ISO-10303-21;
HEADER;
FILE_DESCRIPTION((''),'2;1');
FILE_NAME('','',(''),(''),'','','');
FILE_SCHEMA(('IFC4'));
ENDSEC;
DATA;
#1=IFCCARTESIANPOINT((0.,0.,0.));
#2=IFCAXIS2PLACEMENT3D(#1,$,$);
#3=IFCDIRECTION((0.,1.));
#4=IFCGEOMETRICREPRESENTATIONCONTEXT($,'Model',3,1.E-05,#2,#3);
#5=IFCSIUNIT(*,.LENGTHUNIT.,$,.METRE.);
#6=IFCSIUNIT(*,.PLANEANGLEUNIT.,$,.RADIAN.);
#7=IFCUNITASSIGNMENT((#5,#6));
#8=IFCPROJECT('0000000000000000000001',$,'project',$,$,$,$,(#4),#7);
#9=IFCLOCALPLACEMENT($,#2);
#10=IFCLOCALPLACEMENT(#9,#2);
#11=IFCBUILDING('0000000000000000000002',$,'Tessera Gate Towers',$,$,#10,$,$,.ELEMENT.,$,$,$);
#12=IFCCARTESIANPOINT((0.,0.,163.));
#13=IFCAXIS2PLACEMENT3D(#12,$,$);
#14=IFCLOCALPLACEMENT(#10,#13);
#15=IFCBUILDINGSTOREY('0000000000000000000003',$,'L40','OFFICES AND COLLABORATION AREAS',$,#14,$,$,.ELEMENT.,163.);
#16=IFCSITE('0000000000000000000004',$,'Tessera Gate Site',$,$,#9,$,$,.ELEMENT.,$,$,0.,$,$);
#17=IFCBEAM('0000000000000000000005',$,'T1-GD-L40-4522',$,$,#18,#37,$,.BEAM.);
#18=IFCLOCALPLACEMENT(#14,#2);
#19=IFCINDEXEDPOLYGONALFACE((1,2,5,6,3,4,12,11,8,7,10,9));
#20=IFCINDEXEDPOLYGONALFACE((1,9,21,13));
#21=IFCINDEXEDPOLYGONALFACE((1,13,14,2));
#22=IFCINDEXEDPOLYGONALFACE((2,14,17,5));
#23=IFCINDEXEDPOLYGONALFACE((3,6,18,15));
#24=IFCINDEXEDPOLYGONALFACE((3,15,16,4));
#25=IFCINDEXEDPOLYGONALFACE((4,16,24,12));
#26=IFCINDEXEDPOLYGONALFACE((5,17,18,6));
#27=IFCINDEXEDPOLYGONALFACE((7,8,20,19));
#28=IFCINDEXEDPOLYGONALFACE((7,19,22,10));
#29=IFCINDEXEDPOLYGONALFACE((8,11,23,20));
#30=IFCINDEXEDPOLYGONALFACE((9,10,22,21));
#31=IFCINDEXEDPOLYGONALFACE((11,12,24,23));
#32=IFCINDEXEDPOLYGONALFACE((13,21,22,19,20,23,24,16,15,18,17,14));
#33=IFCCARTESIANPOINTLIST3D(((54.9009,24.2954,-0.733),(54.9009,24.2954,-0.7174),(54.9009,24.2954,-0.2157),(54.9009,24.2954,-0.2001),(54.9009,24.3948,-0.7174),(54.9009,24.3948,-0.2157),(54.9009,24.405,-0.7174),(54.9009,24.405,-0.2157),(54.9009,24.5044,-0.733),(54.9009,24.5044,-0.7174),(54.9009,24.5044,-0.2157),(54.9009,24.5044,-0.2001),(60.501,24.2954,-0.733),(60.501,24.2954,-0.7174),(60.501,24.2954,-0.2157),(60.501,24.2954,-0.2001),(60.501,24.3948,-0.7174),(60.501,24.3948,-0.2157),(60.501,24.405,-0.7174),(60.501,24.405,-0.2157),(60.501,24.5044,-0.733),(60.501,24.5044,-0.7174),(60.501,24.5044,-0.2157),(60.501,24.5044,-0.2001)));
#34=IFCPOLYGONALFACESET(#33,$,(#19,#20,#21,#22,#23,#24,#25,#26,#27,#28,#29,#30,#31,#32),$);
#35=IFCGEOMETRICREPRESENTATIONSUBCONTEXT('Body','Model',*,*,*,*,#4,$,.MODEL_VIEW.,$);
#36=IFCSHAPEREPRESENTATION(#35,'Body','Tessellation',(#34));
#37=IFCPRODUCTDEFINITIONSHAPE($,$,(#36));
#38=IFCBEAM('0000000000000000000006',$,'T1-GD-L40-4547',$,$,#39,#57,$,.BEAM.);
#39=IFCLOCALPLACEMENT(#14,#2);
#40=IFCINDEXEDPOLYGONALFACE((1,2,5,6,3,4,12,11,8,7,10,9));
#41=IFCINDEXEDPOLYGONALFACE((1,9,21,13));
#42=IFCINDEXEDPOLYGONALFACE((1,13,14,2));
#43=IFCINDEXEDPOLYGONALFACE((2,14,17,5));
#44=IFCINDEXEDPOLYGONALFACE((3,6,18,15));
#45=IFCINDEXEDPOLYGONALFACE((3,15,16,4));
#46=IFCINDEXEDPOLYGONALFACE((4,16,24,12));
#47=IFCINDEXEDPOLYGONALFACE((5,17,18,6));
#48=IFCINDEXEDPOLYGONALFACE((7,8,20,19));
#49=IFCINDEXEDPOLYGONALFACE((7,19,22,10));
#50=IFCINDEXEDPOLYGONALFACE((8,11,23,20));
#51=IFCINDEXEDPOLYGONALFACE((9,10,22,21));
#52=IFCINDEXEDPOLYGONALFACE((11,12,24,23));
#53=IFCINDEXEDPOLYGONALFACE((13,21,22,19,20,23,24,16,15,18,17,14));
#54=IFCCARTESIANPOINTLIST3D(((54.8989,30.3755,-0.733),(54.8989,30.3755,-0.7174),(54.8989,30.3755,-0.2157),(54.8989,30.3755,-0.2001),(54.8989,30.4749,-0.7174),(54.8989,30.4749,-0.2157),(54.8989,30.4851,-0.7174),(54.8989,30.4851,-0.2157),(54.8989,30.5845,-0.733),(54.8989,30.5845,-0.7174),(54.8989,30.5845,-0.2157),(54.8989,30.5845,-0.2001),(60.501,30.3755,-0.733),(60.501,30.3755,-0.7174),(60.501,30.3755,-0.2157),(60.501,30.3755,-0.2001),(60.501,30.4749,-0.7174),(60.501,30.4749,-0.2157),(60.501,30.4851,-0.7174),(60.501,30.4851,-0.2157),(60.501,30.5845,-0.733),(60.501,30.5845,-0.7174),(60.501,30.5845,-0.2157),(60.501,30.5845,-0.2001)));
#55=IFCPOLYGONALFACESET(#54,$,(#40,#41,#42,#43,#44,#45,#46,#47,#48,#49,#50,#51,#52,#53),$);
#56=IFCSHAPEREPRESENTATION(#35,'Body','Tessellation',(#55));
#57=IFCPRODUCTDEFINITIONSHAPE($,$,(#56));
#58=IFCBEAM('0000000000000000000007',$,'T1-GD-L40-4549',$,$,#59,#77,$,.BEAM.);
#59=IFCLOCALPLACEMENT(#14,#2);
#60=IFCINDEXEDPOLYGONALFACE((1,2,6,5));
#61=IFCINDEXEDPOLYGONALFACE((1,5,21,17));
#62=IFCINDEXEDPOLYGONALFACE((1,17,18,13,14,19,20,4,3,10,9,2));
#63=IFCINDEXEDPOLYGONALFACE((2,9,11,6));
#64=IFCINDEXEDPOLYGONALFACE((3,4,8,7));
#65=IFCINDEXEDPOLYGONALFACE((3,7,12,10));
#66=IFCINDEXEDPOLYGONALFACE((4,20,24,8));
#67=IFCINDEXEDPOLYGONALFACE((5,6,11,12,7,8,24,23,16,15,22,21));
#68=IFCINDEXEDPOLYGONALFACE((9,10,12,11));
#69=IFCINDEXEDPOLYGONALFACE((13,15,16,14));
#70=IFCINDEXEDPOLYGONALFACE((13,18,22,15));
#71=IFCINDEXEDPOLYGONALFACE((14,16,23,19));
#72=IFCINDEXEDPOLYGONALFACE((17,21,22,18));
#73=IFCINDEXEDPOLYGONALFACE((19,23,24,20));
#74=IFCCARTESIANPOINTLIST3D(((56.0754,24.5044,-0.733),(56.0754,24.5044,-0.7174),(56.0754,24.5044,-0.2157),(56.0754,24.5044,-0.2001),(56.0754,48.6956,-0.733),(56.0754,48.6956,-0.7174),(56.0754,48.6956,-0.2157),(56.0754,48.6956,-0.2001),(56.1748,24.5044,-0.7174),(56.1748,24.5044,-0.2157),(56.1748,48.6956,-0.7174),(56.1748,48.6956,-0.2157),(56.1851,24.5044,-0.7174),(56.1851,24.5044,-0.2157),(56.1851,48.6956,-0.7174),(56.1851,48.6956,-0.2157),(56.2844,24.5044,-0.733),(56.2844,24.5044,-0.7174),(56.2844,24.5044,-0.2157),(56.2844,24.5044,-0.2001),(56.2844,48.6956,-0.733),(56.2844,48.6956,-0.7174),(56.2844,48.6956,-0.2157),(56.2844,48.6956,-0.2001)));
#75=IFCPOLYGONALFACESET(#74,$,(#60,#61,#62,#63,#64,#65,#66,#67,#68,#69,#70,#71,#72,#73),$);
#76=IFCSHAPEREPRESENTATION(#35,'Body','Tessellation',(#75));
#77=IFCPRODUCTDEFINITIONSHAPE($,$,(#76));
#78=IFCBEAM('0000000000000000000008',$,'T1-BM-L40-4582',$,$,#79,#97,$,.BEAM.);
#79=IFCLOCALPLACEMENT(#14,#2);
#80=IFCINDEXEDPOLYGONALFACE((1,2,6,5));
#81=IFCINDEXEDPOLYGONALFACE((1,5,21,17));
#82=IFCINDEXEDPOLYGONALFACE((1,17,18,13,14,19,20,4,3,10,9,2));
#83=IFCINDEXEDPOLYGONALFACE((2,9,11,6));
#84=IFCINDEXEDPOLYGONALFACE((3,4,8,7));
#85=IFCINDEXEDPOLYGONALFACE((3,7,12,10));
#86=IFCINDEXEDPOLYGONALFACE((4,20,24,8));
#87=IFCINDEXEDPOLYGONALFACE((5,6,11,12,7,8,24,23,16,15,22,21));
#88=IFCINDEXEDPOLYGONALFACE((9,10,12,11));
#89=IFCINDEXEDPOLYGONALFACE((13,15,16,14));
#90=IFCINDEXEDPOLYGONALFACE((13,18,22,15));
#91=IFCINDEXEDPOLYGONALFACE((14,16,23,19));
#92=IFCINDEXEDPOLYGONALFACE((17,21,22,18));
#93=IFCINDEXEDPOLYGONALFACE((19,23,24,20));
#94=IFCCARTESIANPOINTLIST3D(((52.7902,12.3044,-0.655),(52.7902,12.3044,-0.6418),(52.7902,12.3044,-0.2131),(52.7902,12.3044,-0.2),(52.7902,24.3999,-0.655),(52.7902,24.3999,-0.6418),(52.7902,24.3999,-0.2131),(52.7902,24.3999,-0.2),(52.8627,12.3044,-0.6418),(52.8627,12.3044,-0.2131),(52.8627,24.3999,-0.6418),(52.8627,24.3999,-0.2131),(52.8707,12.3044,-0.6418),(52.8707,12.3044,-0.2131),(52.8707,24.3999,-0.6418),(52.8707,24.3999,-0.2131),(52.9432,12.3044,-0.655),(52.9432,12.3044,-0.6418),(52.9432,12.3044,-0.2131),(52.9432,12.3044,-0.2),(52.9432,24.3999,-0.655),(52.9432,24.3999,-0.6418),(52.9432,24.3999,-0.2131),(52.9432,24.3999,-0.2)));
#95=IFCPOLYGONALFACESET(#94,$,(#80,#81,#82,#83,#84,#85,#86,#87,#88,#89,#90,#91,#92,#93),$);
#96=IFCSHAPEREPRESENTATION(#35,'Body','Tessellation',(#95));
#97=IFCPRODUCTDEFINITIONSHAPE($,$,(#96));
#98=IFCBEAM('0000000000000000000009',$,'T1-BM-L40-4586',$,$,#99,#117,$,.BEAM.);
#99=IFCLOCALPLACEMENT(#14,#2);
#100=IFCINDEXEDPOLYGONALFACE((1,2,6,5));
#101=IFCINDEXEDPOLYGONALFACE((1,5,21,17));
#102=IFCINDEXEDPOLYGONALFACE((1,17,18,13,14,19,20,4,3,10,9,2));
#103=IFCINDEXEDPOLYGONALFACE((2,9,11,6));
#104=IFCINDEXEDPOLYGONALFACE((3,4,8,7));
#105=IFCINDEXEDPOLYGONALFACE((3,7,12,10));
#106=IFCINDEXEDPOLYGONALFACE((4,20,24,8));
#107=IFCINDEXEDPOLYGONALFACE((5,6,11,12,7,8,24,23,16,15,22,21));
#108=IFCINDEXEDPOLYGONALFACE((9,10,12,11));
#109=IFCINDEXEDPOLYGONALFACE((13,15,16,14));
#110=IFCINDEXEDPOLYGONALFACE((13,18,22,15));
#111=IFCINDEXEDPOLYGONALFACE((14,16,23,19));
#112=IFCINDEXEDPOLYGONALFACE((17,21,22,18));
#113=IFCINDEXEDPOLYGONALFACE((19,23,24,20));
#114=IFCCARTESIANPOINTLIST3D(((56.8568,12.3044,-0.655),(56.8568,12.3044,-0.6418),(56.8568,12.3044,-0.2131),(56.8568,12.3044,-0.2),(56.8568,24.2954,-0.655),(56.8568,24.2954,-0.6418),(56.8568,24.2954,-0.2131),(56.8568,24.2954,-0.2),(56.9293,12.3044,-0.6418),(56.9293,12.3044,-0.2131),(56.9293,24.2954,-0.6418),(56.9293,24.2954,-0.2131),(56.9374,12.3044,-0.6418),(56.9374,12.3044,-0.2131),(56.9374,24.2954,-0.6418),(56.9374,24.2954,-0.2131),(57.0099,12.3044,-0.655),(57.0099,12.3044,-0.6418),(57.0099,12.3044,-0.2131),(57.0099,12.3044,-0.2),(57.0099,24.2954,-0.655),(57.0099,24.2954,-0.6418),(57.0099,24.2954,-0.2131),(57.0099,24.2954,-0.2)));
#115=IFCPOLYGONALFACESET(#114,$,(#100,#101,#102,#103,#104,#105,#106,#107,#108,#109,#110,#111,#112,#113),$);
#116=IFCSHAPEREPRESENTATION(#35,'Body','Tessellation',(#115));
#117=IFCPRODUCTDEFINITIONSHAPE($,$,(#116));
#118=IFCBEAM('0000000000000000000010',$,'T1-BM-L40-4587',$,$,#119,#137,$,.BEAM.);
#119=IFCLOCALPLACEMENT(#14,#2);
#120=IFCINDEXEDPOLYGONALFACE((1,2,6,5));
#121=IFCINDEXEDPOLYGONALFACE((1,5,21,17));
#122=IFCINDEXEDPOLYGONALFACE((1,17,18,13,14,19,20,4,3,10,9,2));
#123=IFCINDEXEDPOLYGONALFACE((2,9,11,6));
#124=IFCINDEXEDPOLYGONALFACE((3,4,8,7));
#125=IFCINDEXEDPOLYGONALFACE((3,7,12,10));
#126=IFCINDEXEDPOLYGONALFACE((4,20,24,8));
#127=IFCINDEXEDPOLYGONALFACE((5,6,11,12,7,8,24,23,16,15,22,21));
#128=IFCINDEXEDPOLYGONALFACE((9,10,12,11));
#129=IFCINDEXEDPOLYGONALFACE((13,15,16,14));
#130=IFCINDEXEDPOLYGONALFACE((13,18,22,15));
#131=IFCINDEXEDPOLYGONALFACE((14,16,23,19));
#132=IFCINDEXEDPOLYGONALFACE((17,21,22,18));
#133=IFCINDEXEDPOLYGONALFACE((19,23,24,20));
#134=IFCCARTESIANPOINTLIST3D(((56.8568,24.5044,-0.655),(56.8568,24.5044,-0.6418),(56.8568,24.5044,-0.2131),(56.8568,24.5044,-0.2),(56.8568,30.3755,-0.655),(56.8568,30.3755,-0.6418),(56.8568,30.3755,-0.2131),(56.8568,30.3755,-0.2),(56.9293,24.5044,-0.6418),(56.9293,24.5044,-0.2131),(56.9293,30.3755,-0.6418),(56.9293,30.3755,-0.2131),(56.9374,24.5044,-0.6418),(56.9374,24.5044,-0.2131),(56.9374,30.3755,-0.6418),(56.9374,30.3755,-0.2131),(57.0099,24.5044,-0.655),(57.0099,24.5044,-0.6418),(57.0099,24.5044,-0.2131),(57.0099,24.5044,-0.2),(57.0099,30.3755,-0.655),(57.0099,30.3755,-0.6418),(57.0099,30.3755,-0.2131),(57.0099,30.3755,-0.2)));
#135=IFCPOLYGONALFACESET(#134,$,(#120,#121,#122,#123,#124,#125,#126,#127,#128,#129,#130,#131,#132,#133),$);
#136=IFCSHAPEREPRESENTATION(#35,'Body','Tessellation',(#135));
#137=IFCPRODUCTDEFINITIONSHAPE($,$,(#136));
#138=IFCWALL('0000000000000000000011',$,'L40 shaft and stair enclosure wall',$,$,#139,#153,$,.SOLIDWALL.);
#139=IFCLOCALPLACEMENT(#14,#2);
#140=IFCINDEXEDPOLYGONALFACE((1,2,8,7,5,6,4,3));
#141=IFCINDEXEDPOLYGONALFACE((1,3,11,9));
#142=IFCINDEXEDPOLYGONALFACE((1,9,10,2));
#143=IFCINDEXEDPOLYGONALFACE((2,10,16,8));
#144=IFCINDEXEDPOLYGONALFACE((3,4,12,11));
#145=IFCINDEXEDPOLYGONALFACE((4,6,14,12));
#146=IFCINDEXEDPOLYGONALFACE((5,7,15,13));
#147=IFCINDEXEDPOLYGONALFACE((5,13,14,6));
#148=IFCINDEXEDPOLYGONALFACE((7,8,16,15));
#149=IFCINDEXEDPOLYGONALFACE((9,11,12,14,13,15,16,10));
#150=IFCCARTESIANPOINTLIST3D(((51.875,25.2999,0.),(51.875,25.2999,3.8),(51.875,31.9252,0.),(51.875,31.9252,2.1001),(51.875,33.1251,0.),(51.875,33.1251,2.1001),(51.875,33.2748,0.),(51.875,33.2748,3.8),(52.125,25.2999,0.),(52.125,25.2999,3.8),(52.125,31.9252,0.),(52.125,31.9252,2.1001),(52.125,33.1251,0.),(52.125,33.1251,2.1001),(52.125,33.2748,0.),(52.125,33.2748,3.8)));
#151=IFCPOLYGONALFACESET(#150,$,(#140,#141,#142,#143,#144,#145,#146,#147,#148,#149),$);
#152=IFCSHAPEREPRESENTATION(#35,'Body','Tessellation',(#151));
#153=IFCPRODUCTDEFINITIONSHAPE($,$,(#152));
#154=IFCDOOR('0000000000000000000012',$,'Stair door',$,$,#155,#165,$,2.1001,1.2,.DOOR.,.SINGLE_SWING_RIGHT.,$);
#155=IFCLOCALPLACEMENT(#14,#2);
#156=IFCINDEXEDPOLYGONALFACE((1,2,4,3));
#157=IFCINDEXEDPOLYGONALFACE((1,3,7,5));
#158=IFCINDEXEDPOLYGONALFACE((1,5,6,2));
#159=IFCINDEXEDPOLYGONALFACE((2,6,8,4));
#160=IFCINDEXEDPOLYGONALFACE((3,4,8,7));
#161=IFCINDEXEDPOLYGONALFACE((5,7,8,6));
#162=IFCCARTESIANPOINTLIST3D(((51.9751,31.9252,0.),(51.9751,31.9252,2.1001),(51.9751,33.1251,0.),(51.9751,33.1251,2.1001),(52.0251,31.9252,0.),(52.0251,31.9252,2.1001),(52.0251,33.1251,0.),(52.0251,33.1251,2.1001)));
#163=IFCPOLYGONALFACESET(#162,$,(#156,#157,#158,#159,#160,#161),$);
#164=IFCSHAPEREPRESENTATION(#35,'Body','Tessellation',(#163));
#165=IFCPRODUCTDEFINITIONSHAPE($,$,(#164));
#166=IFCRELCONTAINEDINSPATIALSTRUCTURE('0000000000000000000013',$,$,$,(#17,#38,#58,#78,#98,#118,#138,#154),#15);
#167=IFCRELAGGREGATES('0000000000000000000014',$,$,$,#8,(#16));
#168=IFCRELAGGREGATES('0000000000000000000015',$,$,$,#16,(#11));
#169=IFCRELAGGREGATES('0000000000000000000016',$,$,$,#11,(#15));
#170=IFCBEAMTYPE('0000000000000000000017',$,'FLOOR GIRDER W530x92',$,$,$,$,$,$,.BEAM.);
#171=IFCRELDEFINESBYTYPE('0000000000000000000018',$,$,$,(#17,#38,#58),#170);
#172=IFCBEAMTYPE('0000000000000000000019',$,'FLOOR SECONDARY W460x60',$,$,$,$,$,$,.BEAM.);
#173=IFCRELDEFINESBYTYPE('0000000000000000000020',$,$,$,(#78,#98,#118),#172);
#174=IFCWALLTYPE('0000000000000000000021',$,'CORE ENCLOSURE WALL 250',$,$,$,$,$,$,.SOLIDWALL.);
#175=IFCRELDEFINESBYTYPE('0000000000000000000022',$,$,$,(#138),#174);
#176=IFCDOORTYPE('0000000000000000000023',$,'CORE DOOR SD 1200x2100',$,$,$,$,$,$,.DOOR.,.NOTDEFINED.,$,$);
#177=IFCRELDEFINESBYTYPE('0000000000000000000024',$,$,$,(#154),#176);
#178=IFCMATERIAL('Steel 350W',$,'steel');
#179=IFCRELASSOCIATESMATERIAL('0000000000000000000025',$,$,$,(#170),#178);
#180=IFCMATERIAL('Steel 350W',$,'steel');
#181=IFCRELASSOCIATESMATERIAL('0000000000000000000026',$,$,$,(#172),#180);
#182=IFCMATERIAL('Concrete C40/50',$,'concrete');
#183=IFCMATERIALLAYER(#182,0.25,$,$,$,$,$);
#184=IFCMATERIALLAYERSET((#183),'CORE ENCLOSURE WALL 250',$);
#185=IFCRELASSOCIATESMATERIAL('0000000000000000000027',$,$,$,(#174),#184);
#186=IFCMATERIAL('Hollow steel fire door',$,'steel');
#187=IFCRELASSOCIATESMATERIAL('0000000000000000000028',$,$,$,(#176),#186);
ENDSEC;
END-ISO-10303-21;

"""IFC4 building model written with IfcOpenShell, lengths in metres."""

from ifc_helpers import new_model, si_unit, direction, frame, frame_2d, origin, origin_2d, place, context, subcontext, project, spatial, rectangle, i_section, extrude, source, transform, mapped, material, layer, layer_set, material_profile, profile_set, type_object, element, fill, save


model = new_model("IFC4")

# Units and contexts
model_context = context("Model", 3, precision=1e-05, world=origin(), true_north=direction((0.0, 1.0)))
body_context = subcontext(model_context, "Body", "Model", "MODEL_VIEW")
ifc_project = project(units=[si_unit("LENGTHUNIT", "METRE"), si_unit("PLANEANGLEUNIT", "RADIAN")], contexts=[model_context])

# Site, building, storey
site_placement = place(None, origin())
site = spatial("IfcSite", under=ifc_project, at=site_placement, Name="Tessera Gate Site", CompositionType="ELEMENT", RefElevation=0.0)
building_placement = place(site_placement, origin())
building = spatial("IfcBuilding", under=site, at=building_placement, Name="Tessera Gate Towers", CompositionType="ELEMENT")
storey_placement = place(building_placement, frame((0.0, 0.0, 163.0)))
storey = spatial("IfcBuildingStorey", under=building, at=storey_placement, Name="L40", Description="OFFICES AND COLLABORATION AREAS", CompositionType="ELEMENT", Elevation=163.0)

# Beams
ifc_material_1 = material(Name="Steel 350W", Category="steel")
ifc_material_profile_1 = material_profile(ifc_material_1, i_section(OverallWidth=0.209, OverallDepth=0.533, WebThickness=0.0103, FlangeThickness=0.0156, at=origin_2d()), Name="W530x92")
ifc_profile_set_1 = profile_set([ifc_material_profile_1], Name="Steel 350W")
beam_type_1 = type_object("IfcBeamType", Name="FLOOR GIRDER W530x92", PredefinedType="BEAM", material=ifc_profile_set_1)
beam_1_placement = place(storey_placement, frame((54.9009, 24.3999, -0.4666), z_axis=(1.0, 0.0, 0.0), x_axis=(0.0, 1.0, 0.0)))
element("IfcBeam", 1, at=beam_1_placement, inside=storey, type_object=beam_type_1, Name="T1-GD-L40-4522", PredefinedType="BEAM", context=body_context, shape_type="SweptSolid", body=[
    extrude(i_section(OverallWidth=0.209, OverallDepth=0.533, WebThickness=0.0103, FlangeThickness=0.0156, at=origin_2d()), origin(), (0.0, 0.0, 1.0), 5.6001),
])
beam_2_placement = place(storey_placement, frame((54.8989, 30.48, -0.4666), z_axis=(1.0, 0.0, 0.0), x_axis=(0.0, 1.0, 0.0)))
element("IfcBeam", 2, at=beam_2_placement, inside=storey, type_object=beam_type_1, Name="T1-GD-L40-4547", PredefinedType="BEAM", context=body_context, shape_type="SweptSolid", body=[
    extrude(i_section(OverallWidth=0.209, OverallDepth=0.533, WebThickness=0.0103, FlangeThickness=0.0156, at=origin_2d()), origin(), (0.0, 0.0, 1.0), 5.6021),
])
beam_3_placement = place(storey_placement, frame((56.1799, 24.5044, -0.4666), z_axis=(0.0, 1.0, 0.0), x_axis=(-1.0, 0.0, 0.0)))
element("IfcBeam", 3, at=beam_3_placement, inside=storey, type_object=beam_type_1, Name="T1-GD-L40-4549", PredefinedType="BEAM", context=body_context, shape_type="SweptSolid", body=[
    extrude(i_section(OverallWidth=0.209, OverallDepth=0.533, WebThickness=0.0103, FlangeThickness=0.0156, at=origin_2d()), origin(), (0.0, 0.0, 1.0), 24.1912),
])
ifc_material_2 = material(Name="Steel 350W", Category="steel")
ifc_material_profile_2 = material_profile(ifc_material_2, i_section(OverallWidth=0.1531, OverallDepth=0.4551, WebThickness=0.0081, FlangeThickness=0.0132, at=origin_2d()), Name="W460x60")
ifc_profile_set_2 = profile_set([ifc_material_profile_2], Name="Steel 350W")
beam_type_2 = type_object("IfcBeamType", Name="FLOOR SECONDARY W460x60", PredefinedType="BEAM", material=ifc_profile_set_2)
beam_4_placement = place(storey_placement, frame((52.8667, 12.3044, -0.4275), z_axis=(0.0, 1.0, 0.0), x_axis=(-1.0, 0.0, 0.0)))
element("IfcBeam", 4, at=beam_4_placement, inside=storey, type_object=beam_type_2, Name="T1-BM-L40-4582", PredefinedType="BEAM", context=body_context, shape_type="SweptSolid", body=[
    extrude(i_section(OverallWidth=0.1531, OverallDepth=0.4551, WebThickness=0.0081, FlangeThickness=0.0132, at=origin_2d()), origin(), (0.0, 0.0, 1.0), 12.0955),
])
beam_5_placement = place(storey_placement, frame((56.9333, 12.3044, -0.4275), z_axis=(0.0, 1.0, 0.0), x_axis=(-1.0, 0.0, 0.0)))
element("IfcBeam", 5, at=beam_5_placement, inside=storey, type_object=beam_type_2, Name="T1-BM-L40-4586", PredefinedType="BEAM", context=body_context, shape_type="SweptSolid", body=[
    extrude(i_section(OverallWidth=0.1531, OverallDepth=0.4551, WebThickness=0.0081, FlangeThickness=0.0132, at=origin_2d()), origin(), (0.0, 0.0, 1.0), 11.991),
])
beam_6_placement = place(storey_placement, frame((56.9333, 24.5044, -0.4275), z_axis=(0.0, 1.0, 0.0), x_axis=(-1.0, 0.0, 0.0)))
element("IfcBeam", 6, at=beam_6_placement, inside=storey, type_object=beam_type_2, Name="T1-BM-L40-4587", PredefinedType="BEAM", context=body_context, shape_type="SweptSolid", body=[
    extrude(i_section(OverallWidth=0.1531, OverallDepth=0.4551, WebThickness=0.0081, FlangeThickness=0.0132, at=origin_2d()), origin(), (0.0, 0.0, 1.0), 5.8711),
])

# Wall, opening, door
ifc_material_3 = material(Name="Concrete C40/50", Category="concrete")
ifc_layer_1 = layer(ifc_material_3, 0.25)
ifc_layer_set_1 = layer_set([ifc_layer_1], Name="CORE ENCLOSURE WALL 250")
wall_type_1 = type_object("IfcWallType", Name="CORE ENCLOSURE WALL 250", PredefinedType="SOLIDWALL", material=ifc_layer_set_1)
wall_1_placement = place(storey_placement, frame((52.0, 25.3, 0.0), z_axis=(0.0, 0.0, 1.0), x_axis=(0.0, 1.0, 0.0)))
wall_1 = element("IfcWall", 7, at=wall_1_placement, inside=storey, type_object=wall_type_1, Name="L40 shaft and stair enclosure wall", PredefinedType="SOLIDWALL", context=body_context, shape_type="SweptSolid", body=[
    extrude(rectangle(XDim=7.9749, YDim=0.25, at=frame_2d((3.9873, 0.0))), origin(), (0.0, 0.0, 1.0), 3.8),
])
shared_shape_1 = source(origin(), body_context, "Body", "SweptSolid", [
    extrude(rectangle(XDim=1.2, YDim=2.1001, at=frame_2d((0.6001, 1.05))), frame((0.0, 0.135, 0.0), z_axis=(0.0, -1.0, 0.0), x_axis=(1.0, 0.0, 0.0)), (0.0, 0.0, 1.0), 0.27),
])
opening_1_placement = place(wall_1_placement, frame((6.625, 0.0, 0.0)))
opening_1 = element("IfcOpeningElement", 8, at=opening_1_placement, cuts=wall_1, PredefinedType="OPENING", context=body_context, shape_type="MappedRepresentation", body=[
    mapped(shared_shape_1, transform((0.0, 0.0, 0.0), scale=1.0)),
])
ifc_material_4 = material(Name="Hollow steel fire door", Category="steel")
door_type_1 = type_object("IfcDoorType", Name="CORE DOOR SD 1200x2100", OperationType="NOTDEFINED", PredefinedType="DOOR", material=ifc_material_4)
shared_shape_2 = source(origin(), body_context, "Body", "SweptSolid", [
    extrude(rectangle(XDim=1.2, YDim=2.1001, at=frame_2d((0.6001, 1.05))), frame((0.0, 0.0249, 0.0), z_axis=(0.0, -1.0, 0.0), x_axis=(1.0, 0.0, 0.0)), (0.0, 0.0, 1.0), 0.05),
])
door_1_placement = place(opening_1_placement, origin())
door_1 = element("IfcDoor", 9, at=door_1_placement, inside=storey, type_object=door_type_1, Name="Stair door", OperationType="SINGLE_SWING_RIGHT", OverallHeight=2.1001, OverallWidth=1.2, PredefinedType="DOOR", context=body_context, shape_type="MappedRepresentation", body=[
    mapped(shared_shape_2, transform((0.0, 0.0, 0.0), scale=1.0)),
])
fill(opening_1, door_1)

save(model, "model.ifc")
